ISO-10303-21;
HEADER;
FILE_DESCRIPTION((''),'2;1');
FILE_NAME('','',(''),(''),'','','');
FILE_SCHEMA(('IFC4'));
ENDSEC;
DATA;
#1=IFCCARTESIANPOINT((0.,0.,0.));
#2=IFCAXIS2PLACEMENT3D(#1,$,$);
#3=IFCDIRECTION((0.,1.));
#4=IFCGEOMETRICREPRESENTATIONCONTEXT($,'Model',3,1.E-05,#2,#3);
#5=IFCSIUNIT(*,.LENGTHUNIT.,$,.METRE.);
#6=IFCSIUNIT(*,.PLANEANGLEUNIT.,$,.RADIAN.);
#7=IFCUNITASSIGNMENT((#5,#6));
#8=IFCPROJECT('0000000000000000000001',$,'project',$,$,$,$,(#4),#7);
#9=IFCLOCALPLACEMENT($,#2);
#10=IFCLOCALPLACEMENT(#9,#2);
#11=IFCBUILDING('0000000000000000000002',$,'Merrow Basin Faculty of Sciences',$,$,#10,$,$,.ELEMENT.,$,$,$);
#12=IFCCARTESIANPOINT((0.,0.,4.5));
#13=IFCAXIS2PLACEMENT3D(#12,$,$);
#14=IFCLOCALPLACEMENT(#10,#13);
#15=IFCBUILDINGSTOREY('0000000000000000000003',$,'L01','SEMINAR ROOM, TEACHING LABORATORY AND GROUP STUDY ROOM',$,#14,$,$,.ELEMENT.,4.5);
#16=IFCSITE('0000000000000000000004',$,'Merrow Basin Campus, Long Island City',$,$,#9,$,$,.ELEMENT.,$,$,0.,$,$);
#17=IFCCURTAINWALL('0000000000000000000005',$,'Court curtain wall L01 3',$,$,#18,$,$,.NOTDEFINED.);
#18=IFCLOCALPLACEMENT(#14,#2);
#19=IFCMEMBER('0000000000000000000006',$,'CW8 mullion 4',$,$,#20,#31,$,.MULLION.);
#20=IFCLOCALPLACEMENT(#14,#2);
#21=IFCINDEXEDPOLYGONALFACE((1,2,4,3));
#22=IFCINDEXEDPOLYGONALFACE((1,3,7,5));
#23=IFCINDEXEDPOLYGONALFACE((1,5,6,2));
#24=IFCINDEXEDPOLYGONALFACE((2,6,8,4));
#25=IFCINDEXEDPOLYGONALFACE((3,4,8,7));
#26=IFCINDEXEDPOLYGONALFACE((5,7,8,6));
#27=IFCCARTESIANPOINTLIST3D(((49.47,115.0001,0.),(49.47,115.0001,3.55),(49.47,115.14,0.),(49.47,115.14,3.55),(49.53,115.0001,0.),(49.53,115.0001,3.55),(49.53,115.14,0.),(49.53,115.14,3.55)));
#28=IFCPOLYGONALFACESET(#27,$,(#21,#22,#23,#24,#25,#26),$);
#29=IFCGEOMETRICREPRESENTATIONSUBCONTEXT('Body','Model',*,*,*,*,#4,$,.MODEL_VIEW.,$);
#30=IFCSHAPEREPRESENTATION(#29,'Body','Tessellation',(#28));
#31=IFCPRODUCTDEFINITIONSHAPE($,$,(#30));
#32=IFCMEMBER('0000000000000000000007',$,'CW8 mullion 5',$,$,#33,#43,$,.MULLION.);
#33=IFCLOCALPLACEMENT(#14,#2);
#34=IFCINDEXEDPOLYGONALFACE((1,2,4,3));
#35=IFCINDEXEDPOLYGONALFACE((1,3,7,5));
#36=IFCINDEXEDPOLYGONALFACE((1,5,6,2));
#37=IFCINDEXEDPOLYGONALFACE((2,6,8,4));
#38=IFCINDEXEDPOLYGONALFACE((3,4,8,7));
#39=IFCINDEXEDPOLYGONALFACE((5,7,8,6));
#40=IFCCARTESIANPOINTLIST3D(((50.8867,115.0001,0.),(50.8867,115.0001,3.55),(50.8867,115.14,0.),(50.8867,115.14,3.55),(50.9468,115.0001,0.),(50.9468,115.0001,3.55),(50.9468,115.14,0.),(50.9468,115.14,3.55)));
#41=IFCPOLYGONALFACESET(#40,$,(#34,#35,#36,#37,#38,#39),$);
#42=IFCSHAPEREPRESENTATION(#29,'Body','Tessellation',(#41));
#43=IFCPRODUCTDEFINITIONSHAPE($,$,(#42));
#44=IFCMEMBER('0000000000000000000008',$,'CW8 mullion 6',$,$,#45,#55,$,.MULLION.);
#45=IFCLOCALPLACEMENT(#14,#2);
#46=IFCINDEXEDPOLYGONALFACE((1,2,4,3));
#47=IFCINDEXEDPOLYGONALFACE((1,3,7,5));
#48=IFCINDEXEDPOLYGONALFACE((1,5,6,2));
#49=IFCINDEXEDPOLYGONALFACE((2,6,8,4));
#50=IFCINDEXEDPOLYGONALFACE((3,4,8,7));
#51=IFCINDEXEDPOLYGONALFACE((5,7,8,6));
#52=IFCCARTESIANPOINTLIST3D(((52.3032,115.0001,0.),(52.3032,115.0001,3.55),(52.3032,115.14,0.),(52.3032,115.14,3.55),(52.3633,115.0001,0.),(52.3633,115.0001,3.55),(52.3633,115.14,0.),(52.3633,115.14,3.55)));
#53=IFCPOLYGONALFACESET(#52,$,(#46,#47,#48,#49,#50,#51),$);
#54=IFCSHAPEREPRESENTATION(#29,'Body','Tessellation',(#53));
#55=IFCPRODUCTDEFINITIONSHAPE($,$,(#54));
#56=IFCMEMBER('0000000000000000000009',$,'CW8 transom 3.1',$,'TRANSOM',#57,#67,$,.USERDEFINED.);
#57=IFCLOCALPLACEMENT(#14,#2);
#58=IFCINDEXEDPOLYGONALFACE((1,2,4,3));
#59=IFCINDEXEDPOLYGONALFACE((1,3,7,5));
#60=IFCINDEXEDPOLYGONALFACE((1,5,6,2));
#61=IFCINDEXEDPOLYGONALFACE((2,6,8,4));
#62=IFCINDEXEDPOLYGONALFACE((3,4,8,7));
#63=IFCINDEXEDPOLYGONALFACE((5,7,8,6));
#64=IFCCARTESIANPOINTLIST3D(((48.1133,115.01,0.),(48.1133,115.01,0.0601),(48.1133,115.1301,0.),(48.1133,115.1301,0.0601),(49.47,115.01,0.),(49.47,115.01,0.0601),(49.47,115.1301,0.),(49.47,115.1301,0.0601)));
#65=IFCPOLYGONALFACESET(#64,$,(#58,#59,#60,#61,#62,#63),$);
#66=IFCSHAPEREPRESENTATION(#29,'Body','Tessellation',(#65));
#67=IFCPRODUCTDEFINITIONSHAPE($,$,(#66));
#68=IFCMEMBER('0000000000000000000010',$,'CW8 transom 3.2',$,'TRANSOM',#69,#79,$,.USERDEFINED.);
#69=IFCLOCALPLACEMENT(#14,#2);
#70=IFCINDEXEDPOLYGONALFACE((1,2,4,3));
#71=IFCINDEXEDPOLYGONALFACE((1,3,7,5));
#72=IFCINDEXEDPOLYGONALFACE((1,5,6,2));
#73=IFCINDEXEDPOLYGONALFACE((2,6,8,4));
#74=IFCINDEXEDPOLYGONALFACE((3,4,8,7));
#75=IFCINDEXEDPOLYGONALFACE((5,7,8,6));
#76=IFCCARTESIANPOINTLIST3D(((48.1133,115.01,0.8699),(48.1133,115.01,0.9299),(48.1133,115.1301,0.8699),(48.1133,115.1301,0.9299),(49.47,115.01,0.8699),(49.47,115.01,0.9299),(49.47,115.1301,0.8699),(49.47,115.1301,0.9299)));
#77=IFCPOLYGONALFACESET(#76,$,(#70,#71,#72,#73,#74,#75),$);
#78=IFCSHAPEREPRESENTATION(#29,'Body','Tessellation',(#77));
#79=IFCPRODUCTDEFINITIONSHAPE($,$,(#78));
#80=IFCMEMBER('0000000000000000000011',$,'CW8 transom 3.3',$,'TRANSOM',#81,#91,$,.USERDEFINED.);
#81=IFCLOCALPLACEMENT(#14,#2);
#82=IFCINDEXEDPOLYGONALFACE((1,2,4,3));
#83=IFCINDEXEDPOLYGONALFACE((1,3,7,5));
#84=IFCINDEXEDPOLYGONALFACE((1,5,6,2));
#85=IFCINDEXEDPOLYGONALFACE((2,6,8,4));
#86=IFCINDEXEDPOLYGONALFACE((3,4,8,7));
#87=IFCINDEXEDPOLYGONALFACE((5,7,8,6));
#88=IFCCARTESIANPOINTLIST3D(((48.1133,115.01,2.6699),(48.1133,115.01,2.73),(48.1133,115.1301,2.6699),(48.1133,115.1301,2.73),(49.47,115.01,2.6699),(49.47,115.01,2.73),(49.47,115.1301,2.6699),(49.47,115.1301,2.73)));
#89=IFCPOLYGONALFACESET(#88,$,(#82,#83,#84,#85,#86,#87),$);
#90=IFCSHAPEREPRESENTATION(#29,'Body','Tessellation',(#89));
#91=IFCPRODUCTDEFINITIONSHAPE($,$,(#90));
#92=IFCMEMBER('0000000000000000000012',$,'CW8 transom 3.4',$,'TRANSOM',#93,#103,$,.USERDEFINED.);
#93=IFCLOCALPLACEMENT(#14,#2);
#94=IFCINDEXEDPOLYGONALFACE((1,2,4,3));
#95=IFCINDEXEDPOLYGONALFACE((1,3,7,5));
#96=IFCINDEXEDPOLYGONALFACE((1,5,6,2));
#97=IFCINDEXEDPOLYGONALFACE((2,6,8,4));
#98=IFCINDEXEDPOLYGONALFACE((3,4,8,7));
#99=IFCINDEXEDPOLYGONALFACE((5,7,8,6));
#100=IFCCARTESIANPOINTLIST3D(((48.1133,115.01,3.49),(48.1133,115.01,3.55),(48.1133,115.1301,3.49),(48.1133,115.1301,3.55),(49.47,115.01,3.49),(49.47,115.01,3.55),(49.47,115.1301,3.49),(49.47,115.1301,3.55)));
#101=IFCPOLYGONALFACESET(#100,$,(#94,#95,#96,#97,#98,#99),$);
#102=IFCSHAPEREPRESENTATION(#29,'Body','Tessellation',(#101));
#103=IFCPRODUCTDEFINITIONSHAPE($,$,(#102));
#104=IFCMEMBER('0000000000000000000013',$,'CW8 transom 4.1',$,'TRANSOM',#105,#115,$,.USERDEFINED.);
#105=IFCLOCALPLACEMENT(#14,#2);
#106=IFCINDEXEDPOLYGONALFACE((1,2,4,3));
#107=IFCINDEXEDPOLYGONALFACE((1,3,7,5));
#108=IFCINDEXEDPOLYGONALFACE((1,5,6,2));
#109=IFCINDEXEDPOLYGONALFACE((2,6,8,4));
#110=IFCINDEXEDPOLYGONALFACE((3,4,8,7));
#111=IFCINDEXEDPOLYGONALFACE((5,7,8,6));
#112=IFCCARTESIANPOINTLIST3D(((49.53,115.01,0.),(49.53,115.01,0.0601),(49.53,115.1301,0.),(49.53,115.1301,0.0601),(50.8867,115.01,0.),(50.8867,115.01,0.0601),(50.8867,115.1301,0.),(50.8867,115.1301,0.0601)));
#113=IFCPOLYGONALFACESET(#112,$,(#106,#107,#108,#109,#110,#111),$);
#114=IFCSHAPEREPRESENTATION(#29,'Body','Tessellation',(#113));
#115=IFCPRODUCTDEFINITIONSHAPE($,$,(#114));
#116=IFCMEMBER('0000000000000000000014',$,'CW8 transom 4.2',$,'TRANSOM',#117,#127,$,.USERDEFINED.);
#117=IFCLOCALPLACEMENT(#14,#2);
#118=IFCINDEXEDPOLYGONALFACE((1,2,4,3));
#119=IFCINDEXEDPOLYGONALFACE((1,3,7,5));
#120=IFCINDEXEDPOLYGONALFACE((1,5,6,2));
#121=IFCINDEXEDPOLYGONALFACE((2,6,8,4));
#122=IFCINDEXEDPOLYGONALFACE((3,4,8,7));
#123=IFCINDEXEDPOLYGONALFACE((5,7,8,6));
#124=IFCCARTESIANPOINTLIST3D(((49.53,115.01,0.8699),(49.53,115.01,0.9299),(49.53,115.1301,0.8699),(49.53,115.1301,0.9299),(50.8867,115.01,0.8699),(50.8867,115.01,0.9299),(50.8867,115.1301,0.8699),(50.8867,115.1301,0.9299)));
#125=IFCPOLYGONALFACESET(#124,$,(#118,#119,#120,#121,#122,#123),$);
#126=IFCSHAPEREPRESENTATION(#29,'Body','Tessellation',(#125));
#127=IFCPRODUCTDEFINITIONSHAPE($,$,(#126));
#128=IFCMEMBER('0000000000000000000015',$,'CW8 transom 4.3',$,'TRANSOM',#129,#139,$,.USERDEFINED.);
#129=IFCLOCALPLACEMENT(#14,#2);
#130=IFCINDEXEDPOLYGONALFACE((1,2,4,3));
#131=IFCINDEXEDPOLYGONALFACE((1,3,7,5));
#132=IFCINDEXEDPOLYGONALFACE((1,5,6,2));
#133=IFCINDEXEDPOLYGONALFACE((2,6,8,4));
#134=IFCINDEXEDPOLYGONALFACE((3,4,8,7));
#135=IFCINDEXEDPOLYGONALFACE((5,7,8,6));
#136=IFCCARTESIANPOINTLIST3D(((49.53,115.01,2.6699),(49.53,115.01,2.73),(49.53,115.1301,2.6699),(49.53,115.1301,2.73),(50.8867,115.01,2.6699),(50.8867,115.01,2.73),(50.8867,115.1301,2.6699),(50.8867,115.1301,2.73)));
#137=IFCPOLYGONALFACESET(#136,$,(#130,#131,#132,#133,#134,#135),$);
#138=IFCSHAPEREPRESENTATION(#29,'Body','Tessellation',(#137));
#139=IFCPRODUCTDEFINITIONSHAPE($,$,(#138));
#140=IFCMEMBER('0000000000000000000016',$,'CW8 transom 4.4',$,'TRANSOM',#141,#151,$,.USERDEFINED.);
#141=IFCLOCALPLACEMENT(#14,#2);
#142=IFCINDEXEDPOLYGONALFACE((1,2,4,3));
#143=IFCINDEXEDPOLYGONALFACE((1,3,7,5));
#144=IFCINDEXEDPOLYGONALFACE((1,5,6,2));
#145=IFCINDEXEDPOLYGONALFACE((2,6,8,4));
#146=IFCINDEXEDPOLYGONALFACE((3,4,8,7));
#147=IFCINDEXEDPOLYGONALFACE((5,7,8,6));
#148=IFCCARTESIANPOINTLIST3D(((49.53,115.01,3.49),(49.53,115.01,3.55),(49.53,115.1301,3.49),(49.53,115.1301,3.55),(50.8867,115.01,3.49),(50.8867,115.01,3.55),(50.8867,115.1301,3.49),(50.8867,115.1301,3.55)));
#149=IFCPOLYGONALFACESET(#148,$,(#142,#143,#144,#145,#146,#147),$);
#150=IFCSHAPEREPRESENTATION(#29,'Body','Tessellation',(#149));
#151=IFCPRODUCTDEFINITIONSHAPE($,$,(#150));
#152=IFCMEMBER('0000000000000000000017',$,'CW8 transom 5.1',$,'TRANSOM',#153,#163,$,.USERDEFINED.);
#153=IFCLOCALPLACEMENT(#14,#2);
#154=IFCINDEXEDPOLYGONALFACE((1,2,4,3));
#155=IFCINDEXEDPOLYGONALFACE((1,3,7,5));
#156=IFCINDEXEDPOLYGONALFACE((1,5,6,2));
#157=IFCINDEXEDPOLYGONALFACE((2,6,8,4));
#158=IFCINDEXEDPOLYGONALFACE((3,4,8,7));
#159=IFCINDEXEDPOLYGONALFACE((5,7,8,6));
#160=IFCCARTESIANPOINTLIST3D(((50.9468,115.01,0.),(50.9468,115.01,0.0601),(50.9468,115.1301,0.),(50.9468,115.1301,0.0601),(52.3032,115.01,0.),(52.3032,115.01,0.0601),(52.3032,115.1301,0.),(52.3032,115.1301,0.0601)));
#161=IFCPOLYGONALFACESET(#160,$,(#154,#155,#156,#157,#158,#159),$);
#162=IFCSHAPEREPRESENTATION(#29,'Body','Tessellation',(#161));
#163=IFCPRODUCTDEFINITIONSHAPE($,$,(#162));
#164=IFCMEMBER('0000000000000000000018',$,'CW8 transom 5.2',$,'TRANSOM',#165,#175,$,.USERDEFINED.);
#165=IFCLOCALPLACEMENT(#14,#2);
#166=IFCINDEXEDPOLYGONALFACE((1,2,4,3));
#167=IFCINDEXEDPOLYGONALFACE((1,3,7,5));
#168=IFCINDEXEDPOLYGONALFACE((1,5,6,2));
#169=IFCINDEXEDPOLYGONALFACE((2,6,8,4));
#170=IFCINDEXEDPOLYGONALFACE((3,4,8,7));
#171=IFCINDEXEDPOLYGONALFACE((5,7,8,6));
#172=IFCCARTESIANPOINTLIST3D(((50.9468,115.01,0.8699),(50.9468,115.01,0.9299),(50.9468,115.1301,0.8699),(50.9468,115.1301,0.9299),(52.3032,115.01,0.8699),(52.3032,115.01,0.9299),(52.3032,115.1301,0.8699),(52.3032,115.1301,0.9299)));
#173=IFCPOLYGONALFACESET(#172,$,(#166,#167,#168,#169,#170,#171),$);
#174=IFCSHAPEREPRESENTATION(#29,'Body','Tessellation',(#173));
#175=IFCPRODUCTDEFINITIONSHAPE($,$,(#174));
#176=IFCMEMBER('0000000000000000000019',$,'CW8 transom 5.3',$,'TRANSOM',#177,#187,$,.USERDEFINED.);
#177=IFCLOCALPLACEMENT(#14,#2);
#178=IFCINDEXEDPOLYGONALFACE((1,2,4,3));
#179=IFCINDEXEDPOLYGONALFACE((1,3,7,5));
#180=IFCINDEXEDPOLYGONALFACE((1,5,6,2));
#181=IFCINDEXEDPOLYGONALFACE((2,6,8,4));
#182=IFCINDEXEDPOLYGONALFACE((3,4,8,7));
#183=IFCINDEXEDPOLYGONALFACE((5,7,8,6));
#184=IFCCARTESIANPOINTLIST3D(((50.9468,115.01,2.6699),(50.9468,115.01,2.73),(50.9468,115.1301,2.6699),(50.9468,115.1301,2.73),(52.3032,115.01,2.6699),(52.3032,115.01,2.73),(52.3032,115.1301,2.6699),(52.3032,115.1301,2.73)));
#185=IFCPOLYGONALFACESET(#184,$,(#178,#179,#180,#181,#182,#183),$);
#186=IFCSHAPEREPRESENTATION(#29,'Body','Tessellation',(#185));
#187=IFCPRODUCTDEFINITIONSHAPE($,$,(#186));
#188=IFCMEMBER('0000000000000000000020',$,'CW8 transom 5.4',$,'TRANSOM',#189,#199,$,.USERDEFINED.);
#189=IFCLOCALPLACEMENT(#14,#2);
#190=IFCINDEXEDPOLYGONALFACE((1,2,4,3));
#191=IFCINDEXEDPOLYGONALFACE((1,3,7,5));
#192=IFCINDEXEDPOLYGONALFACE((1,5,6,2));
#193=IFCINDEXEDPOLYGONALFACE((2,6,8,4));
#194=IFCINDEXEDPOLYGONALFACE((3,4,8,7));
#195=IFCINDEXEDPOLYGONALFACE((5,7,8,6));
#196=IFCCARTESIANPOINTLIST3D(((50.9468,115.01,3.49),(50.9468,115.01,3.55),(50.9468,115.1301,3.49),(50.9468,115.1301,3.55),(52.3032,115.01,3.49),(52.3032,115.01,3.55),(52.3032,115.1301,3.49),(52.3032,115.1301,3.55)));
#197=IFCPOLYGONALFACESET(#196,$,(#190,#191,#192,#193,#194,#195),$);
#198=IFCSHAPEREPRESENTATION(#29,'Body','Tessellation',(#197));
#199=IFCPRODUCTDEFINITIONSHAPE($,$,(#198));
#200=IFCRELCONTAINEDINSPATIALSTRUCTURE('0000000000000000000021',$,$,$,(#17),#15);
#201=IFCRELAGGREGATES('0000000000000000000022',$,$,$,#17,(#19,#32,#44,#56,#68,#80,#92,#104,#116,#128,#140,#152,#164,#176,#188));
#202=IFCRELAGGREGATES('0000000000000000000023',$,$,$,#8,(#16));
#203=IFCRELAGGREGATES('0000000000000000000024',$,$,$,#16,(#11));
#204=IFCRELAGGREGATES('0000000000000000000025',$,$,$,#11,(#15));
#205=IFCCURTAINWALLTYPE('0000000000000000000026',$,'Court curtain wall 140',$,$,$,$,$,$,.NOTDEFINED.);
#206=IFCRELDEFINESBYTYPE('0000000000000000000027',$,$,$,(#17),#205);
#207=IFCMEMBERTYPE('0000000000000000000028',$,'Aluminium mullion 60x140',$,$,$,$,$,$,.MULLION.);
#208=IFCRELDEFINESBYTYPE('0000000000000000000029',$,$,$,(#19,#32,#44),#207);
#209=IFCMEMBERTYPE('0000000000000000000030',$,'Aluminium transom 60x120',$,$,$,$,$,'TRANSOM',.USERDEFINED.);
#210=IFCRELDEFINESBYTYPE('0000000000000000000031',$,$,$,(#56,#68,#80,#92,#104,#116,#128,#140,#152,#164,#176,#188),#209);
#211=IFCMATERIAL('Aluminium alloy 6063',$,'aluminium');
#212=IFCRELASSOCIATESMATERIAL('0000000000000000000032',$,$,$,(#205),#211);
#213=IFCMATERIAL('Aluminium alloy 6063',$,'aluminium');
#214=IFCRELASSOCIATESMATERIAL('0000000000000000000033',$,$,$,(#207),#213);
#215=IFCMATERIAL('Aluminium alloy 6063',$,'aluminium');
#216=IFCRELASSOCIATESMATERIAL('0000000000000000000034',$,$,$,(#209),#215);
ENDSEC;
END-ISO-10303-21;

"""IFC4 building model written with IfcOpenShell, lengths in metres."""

from ifc_helpers import new_model, si_unit, direction, frame, origin, origin_2d, place, context, subcontext, project, spatial, rectangle, extrude, material, material_profile, profile_set, type_object, element, aggregate, save


model = new_model("IFC4")

# Units and contexts
model_context = context("Model", 3, precision=1e-05, world=origin(), true_north=direction((0.0, 1.0)))
body_context = subcontext(model_context, "Body", "Model", "MODEL_VIEW")
ifc_project = project(units=[si_unit("LENGTHUNIT", "METRE"), si_unit("PLANEANGLEUNIT", "RADIAN")], contexts=[model_context])

# Site, building, storey
site_placement = place(None, origin())
site = spatial("IfcSite", under=ifc_project, at=site_placement, Name="Merrow Basin Campus, Long Island City", CompositionType="ELEMENT", RefElevation=0.0)
building_placement = place(site_placement, origin())
building = spatial("IfcBuilding", under=site, at=building_placement, Name="Merrow Basin Faculty of Sciences", CompositionType="ELEMENT")
storey_placement = place(building_placement, frame((0.0, 0.0, 4.5)))
storey = spatial("IfcBuildingStorey", under=building, at=storey_placement, Name="L01", Description="SEMINAR ROOM, TEACHING LABORATORY AND GROUP STUDY ROOM", CompositionType="ELEMENT", Elevation=4.5)

# Curtain wall, members
ifc_material_1 = material(Name="Aluminium alloy 6063", Category="aluminium")
curtain_wall_type = type_object("IfcCurtainWallType", Name="Court curtain wall 140", PredefinedType="NOTDEFINED", material=ifc_material_1)
curtain_wall_placement = place(storey_placement, origin())
curtain_wall = element("IfcCurtainWall", 1, at=curtain_wall_placement, inside=storey, type_object=curtain_wall_type, Name="Court curtain wall L01 3", PredefinedType="NOTDEFINED")
ifc_material_2 = material(Name="Aluminium alloy 6063", Category="aluminium")
ifc_material_profile_1 = material_profile(ifc_material_2, rectangle(XDim=0.1399, YDim=0.0601, at=origin_2d()))
ifc_profile_set_1 = profile_set([ifc_material_profile_1], Name="Aluminium alloy 6063")
member_type_1 = type_object("IfcMemberType", Name="Aluminium mullion 60x140", PredefinedType="MULLION", material=ifc_profile_set_1)
member_1_placement = place(storey_placement, frame((49.5, 115.0701, 0.0), z_axis=(0.0, 0.0, 1.0), x_axis=(0.0, 1.0, 0.0)))
member_1 = element("IfcMember", 2, at=member_1_placement, type_object=member_type_1, Name="CW8 mullion 4", PredefinedType="MULLION", context=body_context, shape_type="SweptSolid", body=[
    extrude(rectangle(XDim=0.1399, YDim=0.0601, at=origin_2d()), origin(), (0.0, 0.0, 1.0), 3.55),
])
member_2_placement = place(storey_placement, frame((50.9167, 115.0701, 0.0), z_axis=(0.0, 0.0, 1.0), x_axis=(0.0, 1.0, 0.0)))
member_2 = element("IfcMember", 3, at=member_2_placement, type_object=member_type_1, Name="CW8 mullion 5", PredefinedType="MULLION", context=body_context, shape_type="SweptSolid", body=[
    extrude(rectangle(XDim=0.1399, YDim=0.0601, at=origin_2d()), origin(), (0.0, 0.0, 1.0), 3.55),
])
member_3_placement = place(storey_placement, frame((52.3333, 115.0701, 0.0), z_axis=(0.0, 0.0, 1.0), x_axis=(0.0, 1.0, 0.0)))
member_3 = element("IfcMember", 4, at=member_3_placement, type_object=member_type_1, Name="CW8 mullion 6", PredefinedType="MULLION", context=body_context, shape_type="SweptSolid", body=[
    extrude(rectangle(XDim=0.1399, YDim=0.0601, at=origin_2d()), origin(), (0.0, 0.0, 1.0), 3.55),
])
ifc_material_3 = material(Name="Aluminium alloy 6063", Category="aluminium")
ifc_material_profile_2 = material_profile(ifc_material_3, rectangle(XDim=0.1201, YDim=0.0601, at=origin_2d()))
ifc_profile_set_2 = profile_set([ifc_material_profile_2], Name="Aluminium alloy 6063")
member_type_2 = type_object("IfcMemberType", Name="Aluminium transom 60x120", ElementType="TRANSOM", PredefinedType="USERDEFINED", material=ifc_profile_set_2)
member_4_placement = place(storey_placement, frame((48.1133, 115.0701, 0.03), z_axis=(1.0, 0.0, 0.0), x_axis=(0.0, 1.0, 0.0)))
member_4 = element("IfcMember", 5, at=member_4_placement, type_object=member_type_2, Name="CW8 transom 3.1", ObjectType="TRANSOM", PredefinedType="USERDEFINED", context=body_context, shape_type="SweptSolid", body=[
    extrude(rectangle(XDim=0.1201, YDim=0.0601, at=origin_2d()), origin(), (0.0, 0.0, 1.0), 1.3567),
])
member_5_placement = place(storey_placement, frame((48.1133, 115.0701, 0.8999), z_axis=(1.0, 0.0, 0.0), x_axis=(0.0, 1.0, 0.0)))
member_5 = element("IfcMember", 6, at=member_5_placement, type_object=member_type_2, Name="CW8 transom 3.2", ObjectType="TRANSOM", PredefinedType="USERDEFINED", context=body_context, shape_type="SweptSolid", body=[
    extrude(rectangle(XDim=0.1201, YDim=0.0601, at=origin_2d()), origin(), (0.0, 0.0, 1.0), 1.3567),
])
member_6_placement = place(storey_placement, frame((48.1133, 115.0701, 2.7), z_axis=(1.0, 0.0, 0.0), x_axis=(0.0, 1.0, 0.0)))
member_6 = element("IfcMember", 7, at=member_6_placement, type_object=member_type_2, Name="CW8 transom 3.3", ObjectType="TRANSOM", PredefinedType="USERDEFINED", context=body_context, shape_type="SweptSolid", body=[
    extrude(rectangle(XDim=0.1201, YDim=0.0601, at=origin_2d()), origin(), (0.0, 0.0, 1.0), 1.3567),
])
member_7_placement = place(storey_placement, frame((48.1133, 115.0701, 3.52), z_axis=(1.0, 0.0, 0.0), x_axis=(0.0, 1.0, 0.0)))
member_7 = element("IfcMember", 8, at=member_7_placement, type_object=member_type_2, Name="CW8 transom 3.4", ObjectType="TRANSOM", PredefinedType="USERDEFINED", context=body_context, shape_type="SweptSolid", body=[
    extrude(rectangle(XDim=0.1201, YDim=0.0601, at=origin_2d()), origin(), (0.0, 0.0, 1.0), 1.3567),
])
member_8_placement = place(storey_placement, frame((49.53, 115.0701, 0.03), z_axis=(1.0, 0.0, 0.0), x_axis=(0.0, 1.0, 0.0)))
member_8 = element("IfcMember", 9, at=member_8_placement, type_object=member_type_2, Name="CW8 transom 4.1", ObjectType="TRANSOM", PredefinedType="USERDEFINED", context=body_context, shape_type="SweptSolid", body=[
    extrude(rectangle(XDim=0.1201, YDim=0.0601, at=origin_2d()), origin(), (0.0, 0.0, 1.0), 1.3567),
])
member_9_placement = place(storey_placement, frame((49.53, 115.0701, 0.8999), z_axis=(1.0, 0.0, 0.0), x_axis=(0.0, 1.0, 0.0)))
member_9 = element("IfcMember", 10, at=member_9_placement, type_object=member_type_2, Name="CW8 transom 4.2", ObjectType="TRANSOM", PredefinedType="USERDEFINED", context=body_context, shape_type="SweptSolid", body=[
    extrude(rectangle(XDim=0.1201, YDim=0.0601, at=origin_2d()), origin(), (0.0, 0.0, 1.0), 1.3567),
])
member_10_placement = place(storey_placement, frame((49.53, 115.0701, 2.7), z_axis=(1.0, 0.0, 0.0), x_axis=(0.0, 1.0, 0.0)))
member_10 = element("IfcMember", 11, at=member_10_placement, type_object=member_type_2, Name="CW8 transom 4.3", ObjectType="TRANSOM", PredefinedType="USERDEFINED", context=body_context, shape_type="SweptSolid", body=[
    extrude(rectangle(XDim=0.1201, YDim=0.0601, at=origin_2d()), origin(), (0.0, 0.0, 1.0), 1.3567),
])
member_11_placement = place(storey_placement, frame((49.53, 115.0701, 3.52), z_axis=(1.0, 0.0, 0.0), x_axis=(0.0, 1.0, 0.0)))
member_11 = element("IfcMember", 12, at=member_11_placement, type_object=member_type_2, Name="CW8 transom 4.4", ObjectType="TRANSOM", PredefinedType="USERDEFINED", context=body_context, shape_type="SweptSolid", body=[
    extrude(rectangle(XDim=0.1201, YDim=0.0601, at=origin_2d()), origin(), (0.0, 0.0, 1.0), 1.3567),
])
member_12_placement = place(storey_placement, frame((50.9468, 115.0701, 0.03), z_axis=(1.0, 0.0, 0.0), x_axis=(0.0, 1.0, 0.0)))
member_12 = element("IfcMember", 13, at=member_12_placement, type_object=member_type_2, Name="CW8 transom 5.1", ObjectType="TRANSOM", PredefinedType="USERDEFINED", context=body_context, shape_type="SweptSolid", body=[
    extrude(rectangle(XDim=0.1201, YDim=0.0601, at=origin_2d()), origin(), (0.0, 0.0, 1.0), 1.3564),
])
member_13_placement = place(storey_placement, frame((50.9468, 115.0701, 0.8999), z_axis=(1.0, 0.0, 0.0), x_axis=(0.0, 1.0, 0.0)))
member_13 = element("IfcMember", 14, at=member_13_placement, type_object=member_type_2, Name="CW8 transom 5.2", ObjectType="TRANSOM", PredefinedType="USERDEFINED", context=body_context, shape_type="SweptSolid", body=[
    extrude(rectangle(XDim=0.1201, YDim=0.0601, at=origin_2d()), origin(), (0.0, 0.0, 1.0), 1.3564),
])
member_14_placement = place(storey_placement, frame((50.9468, 115.0701, 2.7), z_axis=(1.0, 0.0, 0.0), x_axis=(0.0, 1.0, 0.0)))
member_14 = element("IfcMember", 15, at=member_14_placement, type_object=member_type_2, Name="CW8 transom 5.3", ObjectType="TRANSOM", PredefinedType="USERDEFINED", context=body_context, shape_type="SweptSolid", body=[
    extrude(rectangle(XDim=0.1201, YDim=0.0601, at=origin_2d()), origin(), (0.0, 0.0, 1.0), 1.3564),
])
member_15_placement = place(storey_placement, frame((50.9468, 115.0701, 3.52), z_axis=(1.0, 0.0, 0.0), x_axis=(0.0, 1.0, 0.0)))
member_15 = element("IfcMember", 16, at=member_15_placement, type_object=member_type_2, Name="CW8 transom 5.4", ObjectType="TRANSOM", PredefinedType="USERDEFINED", context=body_context, shape_type="SweptSolid", body=[
    extrude(rectangle(XDim=0.1201, YDim=0.0601, at=origin_2d()), origin(), (0.0, 0.0, 1.0), 1.3564),
])
aggregate(curtain_wall, [member_1, member_2, member_3, member_4, member_5, member_6, member_7, member_8, member_9, member_10, member_11, member_12, member_13, member_14, member_15])

save(model, "model.ifc")
